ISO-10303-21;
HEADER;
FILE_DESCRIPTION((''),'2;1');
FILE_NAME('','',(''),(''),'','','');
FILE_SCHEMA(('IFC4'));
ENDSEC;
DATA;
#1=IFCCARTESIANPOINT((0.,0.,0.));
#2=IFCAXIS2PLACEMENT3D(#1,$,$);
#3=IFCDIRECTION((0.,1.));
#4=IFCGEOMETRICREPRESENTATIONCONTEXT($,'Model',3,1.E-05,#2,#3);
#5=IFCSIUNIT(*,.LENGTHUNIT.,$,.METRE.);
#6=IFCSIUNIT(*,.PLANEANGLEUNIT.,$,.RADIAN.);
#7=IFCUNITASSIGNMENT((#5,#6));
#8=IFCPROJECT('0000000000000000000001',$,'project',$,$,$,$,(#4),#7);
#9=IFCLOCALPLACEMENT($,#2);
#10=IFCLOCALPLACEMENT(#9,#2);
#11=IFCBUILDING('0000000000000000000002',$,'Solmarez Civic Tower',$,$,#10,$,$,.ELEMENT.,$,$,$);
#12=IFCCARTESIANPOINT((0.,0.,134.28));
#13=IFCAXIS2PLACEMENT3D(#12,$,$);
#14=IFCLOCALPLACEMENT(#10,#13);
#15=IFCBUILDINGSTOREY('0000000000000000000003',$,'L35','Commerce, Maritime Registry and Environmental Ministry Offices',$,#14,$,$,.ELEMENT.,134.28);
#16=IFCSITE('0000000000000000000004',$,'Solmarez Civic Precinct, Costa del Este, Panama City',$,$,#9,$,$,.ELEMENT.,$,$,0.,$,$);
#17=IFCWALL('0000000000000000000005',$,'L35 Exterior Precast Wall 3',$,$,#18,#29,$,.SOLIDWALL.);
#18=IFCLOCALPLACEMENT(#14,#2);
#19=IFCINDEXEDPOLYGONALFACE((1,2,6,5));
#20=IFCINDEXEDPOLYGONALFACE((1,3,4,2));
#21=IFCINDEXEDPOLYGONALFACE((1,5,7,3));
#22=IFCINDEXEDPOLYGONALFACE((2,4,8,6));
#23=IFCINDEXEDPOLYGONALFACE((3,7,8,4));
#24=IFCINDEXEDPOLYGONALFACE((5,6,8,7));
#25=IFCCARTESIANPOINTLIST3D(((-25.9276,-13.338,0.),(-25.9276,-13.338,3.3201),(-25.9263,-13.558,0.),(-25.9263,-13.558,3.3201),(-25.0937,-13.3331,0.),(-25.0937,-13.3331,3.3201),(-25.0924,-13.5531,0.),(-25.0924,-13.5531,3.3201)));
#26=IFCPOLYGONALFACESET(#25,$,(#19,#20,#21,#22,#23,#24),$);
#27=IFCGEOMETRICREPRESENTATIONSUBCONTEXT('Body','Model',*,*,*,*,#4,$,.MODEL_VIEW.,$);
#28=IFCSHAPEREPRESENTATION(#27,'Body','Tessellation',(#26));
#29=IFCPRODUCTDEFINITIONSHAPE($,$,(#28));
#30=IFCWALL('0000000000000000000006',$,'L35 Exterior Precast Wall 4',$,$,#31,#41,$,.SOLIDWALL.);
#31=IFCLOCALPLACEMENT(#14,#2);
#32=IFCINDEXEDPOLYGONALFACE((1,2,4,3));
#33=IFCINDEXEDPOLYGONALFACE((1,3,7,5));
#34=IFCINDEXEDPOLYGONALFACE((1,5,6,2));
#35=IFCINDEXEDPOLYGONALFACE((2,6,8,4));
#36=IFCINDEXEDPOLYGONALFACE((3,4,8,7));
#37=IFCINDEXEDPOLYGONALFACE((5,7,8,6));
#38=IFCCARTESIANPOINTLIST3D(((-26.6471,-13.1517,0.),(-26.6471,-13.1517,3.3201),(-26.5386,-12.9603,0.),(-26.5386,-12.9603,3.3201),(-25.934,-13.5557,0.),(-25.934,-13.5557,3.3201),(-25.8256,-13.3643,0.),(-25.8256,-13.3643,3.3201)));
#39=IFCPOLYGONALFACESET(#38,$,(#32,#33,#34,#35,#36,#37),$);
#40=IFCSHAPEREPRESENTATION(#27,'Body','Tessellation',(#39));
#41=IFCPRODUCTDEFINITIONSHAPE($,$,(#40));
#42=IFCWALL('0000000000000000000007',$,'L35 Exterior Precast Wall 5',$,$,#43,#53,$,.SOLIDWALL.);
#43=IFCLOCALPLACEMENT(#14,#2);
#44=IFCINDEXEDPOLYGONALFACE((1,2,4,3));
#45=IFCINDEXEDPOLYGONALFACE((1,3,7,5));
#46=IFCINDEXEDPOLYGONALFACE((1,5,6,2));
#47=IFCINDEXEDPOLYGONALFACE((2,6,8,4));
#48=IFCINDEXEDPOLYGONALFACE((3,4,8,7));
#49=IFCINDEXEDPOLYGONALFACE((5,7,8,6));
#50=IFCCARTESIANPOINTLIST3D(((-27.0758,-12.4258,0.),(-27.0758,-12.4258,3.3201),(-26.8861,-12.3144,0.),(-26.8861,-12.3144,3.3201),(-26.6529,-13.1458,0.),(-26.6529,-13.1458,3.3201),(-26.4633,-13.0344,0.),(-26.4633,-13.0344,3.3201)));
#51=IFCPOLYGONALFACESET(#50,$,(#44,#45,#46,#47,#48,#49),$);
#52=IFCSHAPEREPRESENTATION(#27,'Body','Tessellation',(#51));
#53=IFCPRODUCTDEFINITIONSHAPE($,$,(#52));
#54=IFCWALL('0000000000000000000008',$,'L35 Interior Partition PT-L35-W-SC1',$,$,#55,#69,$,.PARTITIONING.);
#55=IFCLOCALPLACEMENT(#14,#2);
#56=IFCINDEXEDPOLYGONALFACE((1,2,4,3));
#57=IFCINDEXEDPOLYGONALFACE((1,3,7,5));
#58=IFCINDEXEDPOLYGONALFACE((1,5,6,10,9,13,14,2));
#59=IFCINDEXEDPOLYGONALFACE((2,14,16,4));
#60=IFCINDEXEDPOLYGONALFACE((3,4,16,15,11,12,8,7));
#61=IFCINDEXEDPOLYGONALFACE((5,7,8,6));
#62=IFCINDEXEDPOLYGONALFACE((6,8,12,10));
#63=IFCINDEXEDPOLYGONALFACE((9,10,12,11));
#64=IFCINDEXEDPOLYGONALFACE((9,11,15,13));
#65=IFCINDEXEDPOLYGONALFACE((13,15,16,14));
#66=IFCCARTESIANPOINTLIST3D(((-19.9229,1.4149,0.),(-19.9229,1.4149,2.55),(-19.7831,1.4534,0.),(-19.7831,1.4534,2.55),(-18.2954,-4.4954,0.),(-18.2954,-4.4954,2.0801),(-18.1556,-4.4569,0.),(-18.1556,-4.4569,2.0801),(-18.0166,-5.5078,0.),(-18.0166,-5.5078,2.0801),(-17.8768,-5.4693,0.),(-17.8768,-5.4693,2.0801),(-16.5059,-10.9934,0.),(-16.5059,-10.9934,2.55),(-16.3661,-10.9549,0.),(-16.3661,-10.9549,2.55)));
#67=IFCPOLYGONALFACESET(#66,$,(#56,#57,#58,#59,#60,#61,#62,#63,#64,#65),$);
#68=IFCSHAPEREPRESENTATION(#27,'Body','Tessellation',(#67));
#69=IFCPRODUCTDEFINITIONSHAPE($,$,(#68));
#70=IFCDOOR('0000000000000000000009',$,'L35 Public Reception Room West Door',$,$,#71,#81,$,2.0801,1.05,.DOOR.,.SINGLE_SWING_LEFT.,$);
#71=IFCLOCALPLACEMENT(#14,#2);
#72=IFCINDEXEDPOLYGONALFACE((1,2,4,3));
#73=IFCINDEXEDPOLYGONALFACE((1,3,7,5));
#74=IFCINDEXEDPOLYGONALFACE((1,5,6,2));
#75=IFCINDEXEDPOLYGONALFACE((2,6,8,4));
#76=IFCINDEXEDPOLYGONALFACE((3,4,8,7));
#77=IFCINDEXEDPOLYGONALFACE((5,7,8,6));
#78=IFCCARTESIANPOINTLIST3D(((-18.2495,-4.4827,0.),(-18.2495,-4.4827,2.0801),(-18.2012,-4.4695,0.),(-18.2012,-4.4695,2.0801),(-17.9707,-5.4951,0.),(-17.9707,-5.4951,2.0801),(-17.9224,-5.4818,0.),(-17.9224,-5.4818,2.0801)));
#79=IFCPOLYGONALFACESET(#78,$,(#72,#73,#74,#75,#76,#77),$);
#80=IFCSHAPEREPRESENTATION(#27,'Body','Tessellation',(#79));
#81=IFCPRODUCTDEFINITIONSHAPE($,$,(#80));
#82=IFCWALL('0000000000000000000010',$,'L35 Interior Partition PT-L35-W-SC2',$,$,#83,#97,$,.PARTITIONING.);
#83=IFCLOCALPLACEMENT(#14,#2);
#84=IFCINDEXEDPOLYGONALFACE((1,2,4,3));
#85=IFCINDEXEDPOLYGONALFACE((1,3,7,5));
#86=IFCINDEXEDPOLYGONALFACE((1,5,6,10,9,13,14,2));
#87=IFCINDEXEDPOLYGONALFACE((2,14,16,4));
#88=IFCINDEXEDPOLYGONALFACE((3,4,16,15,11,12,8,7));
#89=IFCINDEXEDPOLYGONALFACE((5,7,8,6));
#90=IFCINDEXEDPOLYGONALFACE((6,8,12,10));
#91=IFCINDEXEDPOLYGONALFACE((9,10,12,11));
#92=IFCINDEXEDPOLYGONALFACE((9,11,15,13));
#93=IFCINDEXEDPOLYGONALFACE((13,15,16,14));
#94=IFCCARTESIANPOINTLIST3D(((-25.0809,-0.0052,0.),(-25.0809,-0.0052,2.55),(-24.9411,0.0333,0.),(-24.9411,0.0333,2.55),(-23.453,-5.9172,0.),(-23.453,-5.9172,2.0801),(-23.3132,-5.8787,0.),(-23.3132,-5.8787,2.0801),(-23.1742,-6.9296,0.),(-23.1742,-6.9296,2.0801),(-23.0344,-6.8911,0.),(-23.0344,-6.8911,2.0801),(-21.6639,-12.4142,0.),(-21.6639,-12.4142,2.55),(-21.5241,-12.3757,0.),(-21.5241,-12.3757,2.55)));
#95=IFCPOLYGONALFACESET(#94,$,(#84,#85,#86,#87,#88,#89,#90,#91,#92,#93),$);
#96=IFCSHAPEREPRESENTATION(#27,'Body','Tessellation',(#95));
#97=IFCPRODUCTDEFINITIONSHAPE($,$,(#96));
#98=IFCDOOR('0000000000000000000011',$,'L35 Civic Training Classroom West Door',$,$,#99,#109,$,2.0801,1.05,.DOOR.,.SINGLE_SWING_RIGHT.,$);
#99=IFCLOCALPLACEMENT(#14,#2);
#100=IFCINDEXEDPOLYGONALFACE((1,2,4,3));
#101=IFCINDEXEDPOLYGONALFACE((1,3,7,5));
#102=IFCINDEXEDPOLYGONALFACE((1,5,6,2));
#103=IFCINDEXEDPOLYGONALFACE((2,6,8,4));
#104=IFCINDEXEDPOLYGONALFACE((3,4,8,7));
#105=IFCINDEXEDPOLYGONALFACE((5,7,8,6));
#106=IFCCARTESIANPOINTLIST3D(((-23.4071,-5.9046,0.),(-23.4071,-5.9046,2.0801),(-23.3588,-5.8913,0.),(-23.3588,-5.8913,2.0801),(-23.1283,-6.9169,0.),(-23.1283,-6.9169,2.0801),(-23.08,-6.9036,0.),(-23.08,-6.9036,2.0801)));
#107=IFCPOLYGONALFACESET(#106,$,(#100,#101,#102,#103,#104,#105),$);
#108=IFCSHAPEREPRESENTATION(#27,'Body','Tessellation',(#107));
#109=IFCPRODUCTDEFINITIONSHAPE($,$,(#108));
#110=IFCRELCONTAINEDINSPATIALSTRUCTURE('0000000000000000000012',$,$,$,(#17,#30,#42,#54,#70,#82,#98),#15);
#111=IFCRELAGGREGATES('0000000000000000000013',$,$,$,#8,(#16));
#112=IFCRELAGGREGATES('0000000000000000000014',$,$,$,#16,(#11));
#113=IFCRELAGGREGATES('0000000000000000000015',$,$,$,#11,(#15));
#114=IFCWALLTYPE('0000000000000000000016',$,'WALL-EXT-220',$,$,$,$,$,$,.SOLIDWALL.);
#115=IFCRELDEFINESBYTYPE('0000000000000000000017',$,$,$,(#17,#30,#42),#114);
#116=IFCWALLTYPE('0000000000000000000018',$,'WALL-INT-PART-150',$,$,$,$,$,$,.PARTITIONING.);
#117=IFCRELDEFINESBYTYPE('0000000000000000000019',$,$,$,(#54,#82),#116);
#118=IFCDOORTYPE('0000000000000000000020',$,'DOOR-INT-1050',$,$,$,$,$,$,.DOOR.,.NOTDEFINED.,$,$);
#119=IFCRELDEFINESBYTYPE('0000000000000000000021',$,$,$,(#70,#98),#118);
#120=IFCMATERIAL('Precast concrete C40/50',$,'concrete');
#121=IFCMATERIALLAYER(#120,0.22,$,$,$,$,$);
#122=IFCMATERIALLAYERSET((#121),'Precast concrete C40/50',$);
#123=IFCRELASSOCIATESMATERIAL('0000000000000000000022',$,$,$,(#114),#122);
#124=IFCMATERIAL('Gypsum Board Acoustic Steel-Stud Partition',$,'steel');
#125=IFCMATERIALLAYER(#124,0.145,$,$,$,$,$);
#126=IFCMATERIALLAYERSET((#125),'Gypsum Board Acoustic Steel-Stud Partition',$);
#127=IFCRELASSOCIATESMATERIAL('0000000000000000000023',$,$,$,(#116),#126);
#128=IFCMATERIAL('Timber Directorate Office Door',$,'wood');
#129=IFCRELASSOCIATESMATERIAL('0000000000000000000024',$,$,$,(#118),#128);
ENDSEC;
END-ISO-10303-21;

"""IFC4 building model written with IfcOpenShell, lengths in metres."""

from ifc_helpers import new_model, si_unit, direction, frame, frame_2d, origin, place, context, subcontext, project, spatial, rectangle, extrude, material, layer, layer_set, type_object, element, fill, save


model = new_model("IFC4")

# Units and contexts
model_context = context("Model", 3, precision=1e-05, world=origin(), true_north=direction((0.0, 1.0)))
body_context = subcontext(model_context, "Body", "Model", "MODEL_VIEW")
ifc_project = project(units=[si_unit("LENGTHUNIT", "METRE"), si_unit("PLANEANGLEUNIT", "RADIAN")], contexts=[model_context])

# Site, building, storey
site_placement = place(None, origin())
site = spatial("IfcSite", under=ifc_project, at=site_placement, Name="Solmarez Civic Precinct, Costa del Este, Panama City", CompositionType="ELEMENT", RefElevation=0.0)
building_placement = place(site_placement, origin())
building = spatial("IfcBuilding", under=site, at=building_placement, Name="Solmarez Civic Tower", CompositionType="ELEMENT")
storey_placement = place(building_placement, frame((0.0, 0.0, 134.28)))
storey = spatial("IfcBuildingStorey", under=building, at=storey_placement, Name="L35", Description="Commerce, Maritime Registry and Environmental Ministry Offices", CompositionType="ELEMENT", Elevation=134.28)

# Walls
ifc_material_1 = material(Name="Precast concrete C40/50", Category="concrete")
ifc_layer_1 = layer(ifc_material_1, 0.22)
ifc_layer_set_1 = layer_set([ifc_layer_1], Name="Precast concrete C40/50")
wall_type_1 = type_object("IfcWallType", Name="WALL-EXT-220", PredefinedType="SOLIDWALL", material=ifc_layer_set_1)
wall_1_placement = place(storey_placement, frame((-25.093, -13.4431, 0.0), z_axis=(0.0, 0.0, 1.0), x_axis=(-0.999983, -0.005855, 0.0)))
element("IfcWall", 1, at=wall_1_placement, inside=storey, type_object=wall_type_1, Name="L35 Exterior Precast Wall 3", PredefinedType="SOLIDWALL", context=body_context, shape_type="SweptSolid", body=[
    extrude(rectangle(XDim=0.834, YDim=0.22, at=frame_2d((0.417, 0.0))), origin(), (0.0, 0.0, 1.0), 3.3201),
])
wall_2_placement = place(storey_placement, frame((-25.8799, -13.46, 0.0), z_axis=(0.0, 0.0, 1.0), x_axis=(-0.870052, 0.49296, 0.0)))
element("IfcWall", 2, at=wall_2_placement, inside=storey, type_object=wall_type_1, Name="L35 Exterior Precast Wall 4", PredefinedType="SOLIDWALL", context=body_context, shape_type="SweptSolid", body=[
    extrude(rectangle(XDim=0.8196, YDim=0.22, at=frame_2d((0.4097, 0.0))), origin(), (0.0, 0.0, 1.0), 3.3201),
])
wall_3_placement = place(storey_placement, frame((-26.5581, -13.0901, 0.0), z_axis=(0.0, 0.0, 1.0), x_axis=(-0.506432, 0.86228, 0.0)))
element("IfcWall", 3, at=wall_3_placement, inside=storey, type_object=wall_type_1, Name="L35 Exterior Precast Wall 5", PredefinedType="SOLIDWALL", context=body_context, shape_type="SweptSolid", body=[
    extrude(rectangle(XDim=0.835, YDim=0.22, at=frame_2d((0.4175, 0.0))), origin(), (0.0, 0.0, 1.0), 3.3201),
])

# Walls, openings, doors
ifc_material_2 = material(Name="Gypsum Board Acoustic Steel-Stud Partition", Category="steel")
ifc_layer_2 = layer(ifc_material_2, 0.145)
ifc_layer_set_2 = layer_set([ifc_layer_2], Name="Gypsum Board Acoustic Steel-Stud Partition")
wall_type_2 = type_object("IfcWallType", Name="WALL-INT-PART-150", PredefinedType="PARTITIONING", material=ifc_layer_set_2)
wall_4_placement = place(storey_placement, frame((-16.436, -10.9741, 0.0), z_axis=(0.0, 0.0, 1.0), x_axis=(-0.265499, 0.964111, 0.0)))
wall_4 = element("IfcWall", 4, at=wall_4_placement, inside=storey, type_object=wall_type_2, Name="L35 Interior Partition PT-L35-W-SC1", PredefinedType="PARTITIONING", context=body_context, shape_type="SweptSolid", body=[
    extrude(rectangle(XDim=12.8701, YDim=0.145, at=frame_2d((6.4351, 0.0))), origin(), (0.0, 0.0, 1.0), 2.55),
])
opening_1_placement = place(wall_4_placement, frame((5.6899, 0.0, 0.0)))
opening_1 = element("IfcOpeningElement", 5, at=opening_1_placement, cuts=wall_4, PredefinedType="OPENING", context=body_context, shape_type="SweptSolid", body=[
    extrude(rectangle(XDim=1.05, YDim=2.0801, at=frame_2d((0.5249, 1.04))), frame((0.0, 0.0825, 0.0), z_axis=(0.0, -1.0, 0.0), x_axis=(1.0, 0.0, 0.0)), (0.0, 0.0, 1.0), 0.165),
])
ifc_material_3 = material(Name="Timber Directorate Office Door", Category="wood")
door_type = type_object("IfcDoorType", Name="DOOR-INT-1050", OperationType="NOTDEFINED", PredefinedType="DOOR", material=ifc_material_3)
door_1_placement = place(opening_1_placement, origin())
door_1 = element("IfcDoor", 6, at=door_1_placement, inside=storey, type_object=door_type, Name="L35 Public Reception Room West Door", OperationType="SINGLE_SWING_LEFT", OverallHeight=2.0801, OverallWidth=1.05, PredefinedType="DOOR", context=body_context, shape_type="SweptSolid", body=[
    extrude(rectangle(XDim=1.05, YDim=2.0801, at=frame_2d((0.5249, 1.04))), frame((0.0, 0.0249, 0.0), z_axis=(0.0, -1.0, 0.0), x_axis=(1.0, 0.0, 0.0)), (0.0, 0.0, 1.0), 0.05),
])
fill(opening_1, door_1)
wall_5_placement = place(storey_placement, frame((-21.594, -12.395, 0.0), z_axis=(0.0, 0.0, 1.0), x_axis=(-0.265484, 0.964115, 0.0)))
wall_5 = element("IfcWall", 7, at=wall_5_placement, inside=storey, type_object=wall_type_2, Name="L35 Interior Partition PT-L35-W-SC2", PredefinedType="PARTITIONING", context=body_context, shape_type="SweptSolid", body=[
    extrude(rectangle(XDim=12.8708, YDim=0.145, at=frame_2d((6.4355, 0.0))), origin(), (0.0, 0.0, 1.0), 2.55),
])
opening_2_placement = place(wall_5_placement, frame((5.689, 0.0, 0.0)))
opening_2 = element("IfcOpeningElement", 8, at=opening_2_placement, cuts=wall_5, PredefinedType="OPENING", context=body_context, shape_type="SweptSolid", body=[
    extrude(rectangle(XDim=1.05, YDim=2.0801, at=frame_2d((0.5249, 1.04))), frame((0.0, 0.0825, 0.0), z_axis=(0.0, -1.0, 0.0), x_axis=(1.0, 0.0, 0.0)), (0.0, 0.0, 1.0), 0.165),
])
door_2_placement = place(opening_2_placement, origin())
door_2 = element("IfcDoor", 9, at=door_2_placement, inside=storey, type_object=door_type, Name="L35 Civic Training Classroom West Door", OperationType="SINGLE_SWING_RIGHT", OverallHeight=2.0801, OverallWidth=1.05, PredefinedType="DOOR", context=body_context, shape_type="SweptSolid", body=[
    extrude(rectangle(XDim=1.05, YDim=2.0801, at=frame_2d((0.5249, 1.04))), frame((0.0, 0.0249, 0.0), z_axis=(0.0, -1.0, 0.0), x_axis=(1.0, 0.0, 0.0)), (0.0, 0.0, 1.0), 0.05),
])
fill(opening_2, door_2)

save(model, "model.ifc")
